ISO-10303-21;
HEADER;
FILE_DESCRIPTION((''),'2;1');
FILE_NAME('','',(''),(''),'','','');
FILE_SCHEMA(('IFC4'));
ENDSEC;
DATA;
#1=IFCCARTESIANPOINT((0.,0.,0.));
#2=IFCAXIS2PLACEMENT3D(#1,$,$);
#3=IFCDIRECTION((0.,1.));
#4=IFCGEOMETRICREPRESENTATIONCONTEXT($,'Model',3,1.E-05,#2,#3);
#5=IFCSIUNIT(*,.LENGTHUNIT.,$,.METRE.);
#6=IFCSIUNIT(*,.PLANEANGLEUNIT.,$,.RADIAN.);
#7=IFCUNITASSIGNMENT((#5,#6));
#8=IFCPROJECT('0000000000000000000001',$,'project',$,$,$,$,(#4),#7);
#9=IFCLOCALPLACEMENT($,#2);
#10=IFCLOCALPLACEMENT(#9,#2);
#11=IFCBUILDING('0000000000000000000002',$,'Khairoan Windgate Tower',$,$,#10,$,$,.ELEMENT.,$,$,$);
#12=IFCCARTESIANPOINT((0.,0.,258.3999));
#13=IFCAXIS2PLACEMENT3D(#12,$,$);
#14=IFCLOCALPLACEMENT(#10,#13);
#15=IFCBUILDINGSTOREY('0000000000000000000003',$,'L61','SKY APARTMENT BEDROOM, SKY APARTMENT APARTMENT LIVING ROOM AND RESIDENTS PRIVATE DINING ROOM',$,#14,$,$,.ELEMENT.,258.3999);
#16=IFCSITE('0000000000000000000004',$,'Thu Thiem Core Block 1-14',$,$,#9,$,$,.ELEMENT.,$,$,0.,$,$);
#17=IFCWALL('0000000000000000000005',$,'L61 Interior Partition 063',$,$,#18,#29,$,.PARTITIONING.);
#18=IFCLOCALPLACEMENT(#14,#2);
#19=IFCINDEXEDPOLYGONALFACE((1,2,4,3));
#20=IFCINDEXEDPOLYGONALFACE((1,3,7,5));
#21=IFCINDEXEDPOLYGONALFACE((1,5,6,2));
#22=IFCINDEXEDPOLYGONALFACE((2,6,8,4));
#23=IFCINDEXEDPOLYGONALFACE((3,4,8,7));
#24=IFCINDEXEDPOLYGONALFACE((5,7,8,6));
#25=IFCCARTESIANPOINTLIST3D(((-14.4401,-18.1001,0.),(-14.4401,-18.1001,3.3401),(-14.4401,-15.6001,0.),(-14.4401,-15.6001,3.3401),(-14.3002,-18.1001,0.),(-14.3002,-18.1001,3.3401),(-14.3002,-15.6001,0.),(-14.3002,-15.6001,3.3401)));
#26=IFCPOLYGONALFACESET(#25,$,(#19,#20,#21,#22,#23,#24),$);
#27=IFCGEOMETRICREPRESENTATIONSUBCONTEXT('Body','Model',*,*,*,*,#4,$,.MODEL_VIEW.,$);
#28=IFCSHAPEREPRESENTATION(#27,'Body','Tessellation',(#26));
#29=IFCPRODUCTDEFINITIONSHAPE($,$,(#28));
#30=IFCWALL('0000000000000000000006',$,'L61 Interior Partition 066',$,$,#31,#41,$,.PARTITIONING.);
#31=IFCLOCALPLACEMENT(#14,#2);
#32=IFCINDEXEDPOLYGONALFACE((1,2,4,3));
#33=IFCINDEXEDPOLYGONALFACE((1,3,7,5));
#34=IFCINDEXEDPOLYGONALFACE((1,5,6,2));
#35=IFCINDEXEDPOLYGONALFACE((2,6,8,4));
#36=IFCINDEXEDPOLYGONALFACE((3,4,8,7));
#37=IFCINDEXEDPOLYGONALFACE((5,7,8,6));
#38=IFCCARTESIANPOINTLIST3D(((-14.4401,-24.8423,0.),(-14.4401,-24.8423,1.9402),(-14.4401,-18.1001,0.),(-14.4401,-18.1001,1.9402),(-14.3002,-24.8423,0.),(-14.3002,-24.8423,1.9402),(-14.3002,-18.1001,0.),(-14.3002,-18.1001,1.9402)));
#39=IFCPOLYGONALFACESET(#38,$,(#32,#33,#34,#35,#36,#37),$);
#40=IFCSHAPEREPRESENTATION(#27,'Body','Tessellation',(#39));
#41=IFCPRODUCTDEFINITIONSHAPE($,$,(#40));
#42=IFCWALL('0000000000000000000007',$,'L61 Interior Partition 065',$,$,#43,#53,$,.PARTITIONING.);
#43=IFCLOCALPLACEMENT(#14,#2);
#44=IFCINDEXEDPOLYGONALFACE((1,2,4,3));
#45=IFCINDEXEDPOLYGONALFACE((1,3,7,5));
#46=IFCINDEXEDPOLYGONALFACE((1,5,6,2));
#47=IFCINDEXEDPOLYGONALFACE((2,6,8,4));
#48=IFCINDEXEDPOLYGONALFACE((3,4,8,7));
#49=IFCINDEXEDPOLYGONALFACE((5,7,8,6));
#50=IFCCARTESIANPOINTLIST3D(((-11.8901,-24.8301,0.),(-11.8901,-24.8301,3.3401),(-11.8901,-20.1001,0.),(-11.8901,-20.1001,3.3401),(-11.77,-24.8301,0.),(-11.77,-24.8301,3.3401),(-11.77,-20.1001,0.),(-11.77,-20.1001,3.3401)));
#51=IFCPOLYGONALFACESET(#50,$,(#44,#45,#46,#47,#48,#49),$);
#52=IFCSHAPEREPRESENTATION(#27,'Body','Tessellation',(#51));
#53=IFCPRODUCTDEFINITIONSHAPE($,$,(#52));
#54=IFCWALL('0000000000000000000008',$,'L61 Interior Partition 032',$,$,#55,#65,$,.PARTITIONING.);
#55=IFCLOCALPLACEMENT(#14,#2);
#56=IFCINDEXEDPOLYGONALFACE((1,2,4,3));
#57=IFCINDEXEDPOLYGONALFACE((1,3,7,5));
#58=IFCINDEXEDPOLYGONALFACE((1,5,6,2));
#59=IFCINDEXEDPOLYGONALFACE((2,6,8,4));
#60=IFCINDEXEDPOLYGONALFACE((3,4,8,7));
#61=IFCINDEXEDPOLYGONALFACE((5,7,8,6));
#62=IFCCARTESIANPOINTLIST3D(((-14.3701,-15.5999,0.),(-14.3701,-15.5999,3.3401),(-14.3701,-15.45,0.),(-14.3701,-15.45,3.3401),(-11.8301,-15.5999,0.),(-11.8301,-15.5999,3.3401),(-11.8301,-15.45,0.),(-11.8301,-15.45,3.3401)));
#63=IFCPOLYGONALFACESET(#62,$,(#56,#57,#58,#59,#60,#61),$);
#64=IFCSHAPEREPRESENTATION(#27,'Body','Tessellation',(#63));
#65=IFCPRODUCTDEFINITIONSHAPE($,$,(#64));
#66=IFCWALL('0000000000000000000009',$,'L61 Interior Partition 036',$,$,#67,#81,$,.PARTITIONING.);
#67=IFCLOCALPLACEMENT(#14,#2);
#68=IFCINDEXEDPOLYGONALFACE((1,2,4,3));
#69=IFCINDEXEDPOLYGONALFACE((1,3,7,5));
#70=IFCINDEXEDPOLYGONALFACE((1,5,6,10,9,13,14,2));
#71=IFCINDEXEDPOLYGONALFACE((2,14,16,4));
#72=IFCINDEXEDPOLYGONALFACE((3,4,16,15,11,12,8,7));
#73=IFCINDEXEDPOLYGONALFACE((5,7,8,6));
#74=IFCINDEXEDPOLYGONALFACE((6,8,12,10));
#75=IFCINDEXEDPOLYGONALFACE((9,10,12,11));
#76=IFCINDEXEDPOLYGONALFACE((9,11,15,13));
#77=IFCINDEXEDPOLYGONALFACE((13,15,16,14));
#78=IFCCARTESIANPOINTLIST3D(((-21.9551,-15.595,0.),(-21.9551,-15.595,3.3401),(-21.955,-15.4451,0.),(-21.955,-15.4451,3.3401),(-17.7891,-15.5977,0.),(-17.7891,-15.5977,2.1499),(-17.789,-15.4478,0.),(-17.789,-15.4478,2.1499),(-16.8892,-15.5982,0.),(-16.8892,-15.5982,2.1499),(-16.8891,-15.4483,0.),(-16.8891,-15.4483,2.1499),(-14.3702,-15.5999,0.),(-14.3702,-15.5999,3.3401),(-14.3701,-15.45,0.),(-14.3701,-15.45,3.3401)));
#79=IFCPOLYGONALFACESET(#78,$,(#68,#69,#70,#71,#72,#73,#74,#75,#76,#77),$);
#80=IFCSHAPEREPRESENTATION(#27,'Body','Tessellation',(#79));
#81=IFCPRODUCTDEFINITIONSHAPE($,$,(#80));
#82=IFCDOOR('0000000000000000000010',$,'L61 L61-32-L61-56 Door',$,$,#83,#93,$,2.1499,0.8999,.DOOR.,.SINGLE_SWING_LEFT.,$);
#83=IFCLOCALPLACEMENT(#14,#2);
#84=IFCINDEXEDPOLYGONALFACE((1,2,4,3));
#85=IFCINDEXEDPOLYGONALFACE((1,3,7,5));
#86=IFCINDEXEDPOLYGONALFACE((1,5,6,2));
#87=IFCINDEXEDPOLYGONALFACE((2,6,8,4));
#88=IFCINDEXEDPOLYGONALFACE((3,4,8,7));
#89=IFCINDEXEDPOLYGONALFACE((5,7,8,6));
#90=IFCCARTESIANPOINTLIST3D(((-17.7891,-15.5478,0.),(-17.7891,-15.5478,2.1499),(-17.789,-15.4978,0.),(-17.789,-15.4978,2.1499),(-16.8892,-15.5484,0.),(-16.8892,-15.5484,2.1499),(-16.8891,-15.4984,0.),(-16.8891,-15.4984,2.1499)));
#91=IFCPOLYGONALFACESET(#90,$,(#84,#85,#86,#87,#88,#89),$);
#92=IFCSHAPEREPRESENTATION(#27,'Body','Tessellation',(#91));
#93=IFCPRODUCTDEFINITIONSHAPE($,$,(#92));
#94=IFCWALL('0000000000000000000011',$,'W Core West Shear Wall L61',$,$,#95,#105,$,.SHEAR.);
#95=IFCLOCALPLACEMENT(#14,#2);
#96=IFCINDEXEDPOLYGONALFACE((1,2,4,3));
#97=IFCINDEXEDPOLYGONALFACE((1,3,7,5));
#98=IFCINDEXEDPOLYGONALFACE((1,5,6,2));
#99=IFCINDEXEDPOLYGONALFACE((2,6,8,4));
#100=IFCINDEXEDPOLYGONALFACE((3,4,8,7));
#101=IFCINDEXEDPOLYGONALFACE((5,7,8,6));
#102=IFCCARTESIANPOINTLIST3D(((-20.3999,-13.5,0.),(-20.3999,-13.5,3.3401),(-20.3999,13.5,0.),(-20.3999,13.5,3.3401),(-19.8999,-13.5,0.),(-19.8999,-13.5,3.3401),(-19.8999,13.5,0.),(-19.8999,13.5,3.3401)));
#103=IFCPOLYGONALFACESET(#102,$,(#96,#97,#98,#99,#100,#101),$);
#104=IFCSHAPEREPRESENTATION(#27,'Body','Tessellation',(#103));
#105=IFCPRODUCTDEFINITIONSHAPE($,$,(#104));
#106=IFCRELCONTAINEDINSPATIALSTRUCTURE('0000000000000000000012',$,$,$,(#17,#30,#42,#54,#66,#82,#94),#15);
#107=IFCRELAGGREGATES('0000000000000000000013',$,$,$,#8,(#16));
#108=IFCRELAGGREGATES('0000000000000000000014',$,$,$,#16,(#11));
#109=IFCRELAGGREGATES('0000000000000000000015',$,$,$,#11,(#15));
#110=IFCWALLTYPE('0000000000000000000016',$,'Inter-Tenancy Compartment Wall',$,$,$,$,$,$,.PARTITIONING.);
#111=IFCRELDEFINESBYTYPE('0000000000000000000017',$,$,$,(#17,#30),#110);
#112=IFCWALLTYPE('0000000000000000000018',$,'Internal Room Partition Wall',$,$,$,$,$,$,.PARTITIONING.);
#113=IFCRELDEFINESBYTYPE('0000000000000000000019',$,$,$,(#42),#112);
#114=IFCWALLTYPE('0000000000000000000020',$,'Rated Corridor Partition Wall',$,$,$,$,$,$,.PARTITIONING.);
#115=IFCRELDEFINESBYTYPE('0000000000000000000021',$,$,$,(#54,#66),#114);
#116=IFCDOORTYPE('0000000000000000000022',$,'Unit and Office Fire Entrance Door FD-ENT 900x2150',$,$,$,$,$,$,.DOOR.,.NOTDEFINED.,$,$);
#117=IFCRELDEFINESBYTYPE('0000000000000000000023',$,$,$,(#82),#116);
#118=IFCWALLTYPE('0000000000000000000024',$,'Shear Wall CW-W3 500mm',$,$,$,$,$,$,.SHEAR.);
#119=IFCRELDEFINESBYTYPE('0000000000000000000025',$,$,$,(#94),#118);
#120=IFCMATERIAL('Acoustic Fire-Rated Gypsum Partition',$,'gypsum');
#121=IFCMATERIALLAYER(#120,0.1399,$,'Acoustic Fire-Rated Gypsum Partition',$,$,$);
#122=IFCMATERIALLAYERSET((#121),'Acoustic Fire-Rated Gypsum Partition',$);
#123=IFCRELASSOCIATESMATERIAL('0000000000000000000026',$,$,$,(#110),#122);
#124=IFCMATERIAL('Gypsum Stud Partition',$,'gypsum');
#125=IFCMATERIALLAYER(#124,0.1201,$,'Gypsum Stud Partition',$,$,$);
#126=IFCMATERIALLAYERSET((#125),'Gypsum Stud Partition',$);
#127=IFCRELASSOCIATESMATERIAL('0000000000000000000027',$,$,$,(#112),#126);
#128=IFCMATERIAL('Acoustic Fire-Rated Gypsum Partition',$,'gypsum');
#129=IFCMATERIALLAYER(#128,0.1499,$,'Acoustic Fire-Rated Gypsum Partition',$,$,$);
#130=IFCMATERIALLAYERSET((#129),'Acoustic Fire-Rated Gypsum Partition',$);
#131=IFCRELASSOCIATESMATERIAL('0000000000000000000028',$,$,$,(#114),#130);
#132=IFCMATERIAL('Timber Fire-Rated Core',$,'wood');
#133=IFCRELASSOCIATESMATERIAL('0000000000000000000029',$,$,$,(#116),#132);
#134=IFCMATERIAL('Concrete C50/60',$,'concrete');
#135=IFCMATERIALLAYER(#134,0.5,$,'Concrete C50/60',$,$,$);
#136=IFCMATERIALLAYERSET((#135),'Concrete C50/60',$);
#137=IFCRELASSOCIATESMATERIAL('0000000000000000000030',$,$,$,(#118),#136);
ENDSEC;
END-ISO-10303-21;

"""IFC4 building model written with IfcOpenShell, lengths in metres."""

from ifc_helpers import new_model, si_unit, direction, frame, frame_2d, origin, place, context, subcontext, project, spatial, rectangle, extrude, material, layer, layer_set, type_object, element, fill, save


model = new_model("IFC4")

# Units and contexts
model_context = context("Model", 3, precision=1e-05, world=origin(), true_north=direction((0.0, 1.0)))
body_context = subcontext(model_context, "Body", "Model", "MODEL_VIEW")
ifc_project = project(units=[si_unit("LENGTHUNIT", "METRE"), si_unit("PLANEANGLEUNIT", "RADIAN")], contexts=[model_context])

# Site, building, storey
site_placement = place(None, origin())
site = spatial("IfcSite", under=ifc_project, at=site_placement, Name="Thu Thiem Core Block 1-14", CompositionType="ELEMENT", RefElevation=0.0)
building_placement = place(site_placement, origin())
building = spatial("IfcBuilding", under=site, at=building_placement, Name="Khairoan Windgate Tower", CompositionType="ELEMENT")
storey_placement = place(building_placement, frame((0.0, 0.0, 258.3999)))
storey = spatial("IfcBuildingStorey", under=building, at=storey_placement, Name="L61", Description="SKY APARTMENT BEDROOM, SKY APARTMENT APARTMENT LIVING ROOM AND RESIDENTS PRIVATE DINING ROOM", CompositionType="ELEMENT", Elevation=258.3999)

# Walls
ifc_material_1 = material(Name="Acoustic Fire-Rated Gypsum Partition", Category="gypsum")
ifc_layer_1 = layer(ifc_material_1, 0.1399, Name="Acoustic Fire-Rated Gypsum Partition")
ifc_layer_set_1 = layer_set([ifc_layer_1], Name="Acoustic Fire-Rated Gypsum Partition")
wall_type_1 = type_object("IfcWallType", Name="Inter-Tenancy Compartment Wall", PredefinedType="PARTITIONING", material=ifc_layer_set_1)
wall_1_placement = place(storey_placement, frame((-14.3701, -18.1001, 0.0), z_axis=(0.0, 0.0, 1.0), x_axis=(0.0, 1.0, 0.0)))
element("IfcWall", 1, at=wall_1_placement, inside=storey, type_object=wall_type_1, Name="L61 Interior Partition 063", PredefinedType="PARTITIONING", context=body_context, shape_type="SweptSolid", body=[
    extrude(rectangle(XDim=2.5, YDim=0.1399, at=frame_2d((1.25, 0.0))), origin(), (0.0, 0.0, 1.0), 3.3401),
])
wall_2_placement = place(storey_placement, frame((-14.3701, -24.8423, 0.0), z_axis=(0.0, 0.0, 1.0), x_axis=(0.0, 1.0, 0.0)))
element("IfcWall", 2, at=wall_2_placement, inside=storey, type_object=wall_type_1, Name="L61 Interior Partition 066", PredefinedType="PARTITIONING", context=body_context, shape_type="SweptSolid", body=[
    extrude(rectangle(XDim=6.7422, YDim=0.1399, at=frame_2d((3.3711, 0.0))), origin(), (0.0, 0.0, 1.0), 1.9402),
])
ifc_material_2 = material(Name="Gypsum Stud Partition", Category="gypsum")
ifc_layer_2 = layer(ifc_material_2, 0.1201, Name="Gypsum Stud Partition")
ifc_layer_set_2 = layer_set([ifc_layer_2], Name="Gypsum Stud Partition")
wall_type_2 = type_object("IfcWallType", Name="Internal Room Partition Wall", PredefinedType="PARTITIONING", material=ifc_layer_set_2)
wall_3_placement = place(storey_placement, frame((-11.8301, -24.8301, 0.0), z_axis=(0.0, 0.0, 1.0), x_axis=(0.0, 1.0, 0.0)))
element("IfcWall", 3, at=wall_3_placement, inside=storey, type_object=wall_type_2, Name="L61 Interior Partition 065", PredefinedType="PARTITIONING", context=body_context, shape_type="SweptSolid", body=[
    extrude(rectangle(XDim=4.73, YDim=0.1201, at=frame_2d((2.365, 0.0))), origin(), (0.0, 0.0, 1.0), 3.3401),
])
ifc_material_3 = material(Name="Acoustic Fire-Rated Gypsum Partition", Category="gypsum")
ifc_layer_3 = layer(ifc_material_3, 0.1499, Name="Acoustic Fire-Rated Gypsum Partition")
ifc_layer_set_3 = layer_set([ifc_layer_3], Name="Acoustic Fire-Rated Gypsum Partition")
wall_type_3 = type_object("IfcWallType", Name="Rated Corridor Partition Wall", PredefinedType="PARTITIONING", material=ifc_layer_set_3)
wall_4_placement = place(storey_placement, frame((-14.3701, -15.5249, 0.0), z_axis=(0.0, 0.0, 1.0), x_axis=(1.0, 0.0, 0.0)))
element("IfcWall", 4, at=wall_4_placement, inside=storey, type_object=wall_type_3, Name="L61 Interior Partition 032", PredefinedType="PARTITIONING", context=body_context, shape_type="SweptSolid", body=[
    extrude(rectangle(XDim=2.54, YDim=0.1499, at=frame_2d((1.27, 0.0))), origin(), (0.0, 0.0, 1.0), 3.3401),
])

# Wall, opening, door
wall_5_placement = place(storey_placement, frame((-21.9551, -15.52, 0.0), z_axis=(0.0, 0.0, 1.0), x_axis=(1.0, -0.000644, 0.0)))
wall_5 = element("IfcWall", 5, at=wall_5_placement, inside=storey, type_object=wall_type_3, Name="L61 Interior Partition 036", PredefinedType="PARTITIONING", context=body_context, shape_type="SweptSolid", body=[
    extrude(rectangle(XDim=7.585, YDim=0.1499, at=frame_2d((3.7925, 0.0))), origin(), (0.0, 0.0, 1.0), 3.3401),
])
opening_placement = place(wall_5_placement, frame((4.166, 0.0, 0.0)))
opening = element("IfcOpeningElement", 6, at=opening_placement, cuts=wall_5, PredefinedType="OPENING", context=body_context, shape_type="SweptSolid", body=[
    extrude(rectangle(XDim=0.8999, YDim=2.1499, at=frame_2d((0.45, 1.075))), frame((0.0, 0.085, 0.0), z_axis=(0.0, -1.0, 0.0), x_axis=(1.0, 0.0, 0.0)), (0.0, 0.0, 1.0), 0.1699),
])
ifc_material_4 = material(Name="Timber Fire-Rated Core", Category="wood")
door_type = type_object("IfcDoorType", Name="Unit and Office Fire Entrance Door FD-ENT 900x2150", OperationType="NOTDEFINED", PredefinedType="DOOR", material=ifc_material_4)
door_placement = place(opening_placement, origin())
door = element("IfcDoor", 7, at=door_placement, inside=storey, type_object=door_type, Name="L61 L61-32-L61-56 Door", OperationType="SINGLE_SWING_LEFT", OverallHeight=2.1499, OverallWidth=0.8999, PredefinedType="DOOR", context=body_context, shape_type="SweptSolid", body=[
    extrude(rectangle(XDim=0.8999, YDim=2.1499, at=frame_2d((0.45, 1.075))), frame((0.0, 0.0249, 0.0), z_axis=(0.0, -1.0, 0.0), x_axis=(1.0, 0.0, 0.0)), (0.0, 0.0, 1.0), 0.05),
])
fill(opening, door)

# Wall
ifc_material_5 = material(Name="Concrete C50/60", Category="concrete")
ifc_layer_4 = layer(ifc_material_5, 0.5, Name="Concrete C50/60")
ifc_layer_set_4 = layer_set([ifc_layer_4], Name="Concrete C50/60")
wall_type_4 = type_object("IfcWallType", Name="Shear Wall CW-W3 500mm", PredefinedType="SHEAR", material=ifc_layer_set_4)
wall_6_placement = place(storey_placement, frame((-20.1499, -13.5, 0.0), z_axis=(0.0, 0.0, 1.0), x_axis=(0.0, 1.0, 0.0)))
element("IfcWall", 8, at=wall_6_placement, inside=storey, type_object=wall_type_4, Name="W Core West Shear Wall L61", PredefinedType="SHEAR", context=body_context, shape_type="SweptSolid", body=[
    extrude(rectangle(XDim=27.0, YDim=0.5, at=frame_2d((13.5, 0.0))), origin(), (0.0, 0.0, 1.0), 3.3401),
])

save(model, "model.ifc")
